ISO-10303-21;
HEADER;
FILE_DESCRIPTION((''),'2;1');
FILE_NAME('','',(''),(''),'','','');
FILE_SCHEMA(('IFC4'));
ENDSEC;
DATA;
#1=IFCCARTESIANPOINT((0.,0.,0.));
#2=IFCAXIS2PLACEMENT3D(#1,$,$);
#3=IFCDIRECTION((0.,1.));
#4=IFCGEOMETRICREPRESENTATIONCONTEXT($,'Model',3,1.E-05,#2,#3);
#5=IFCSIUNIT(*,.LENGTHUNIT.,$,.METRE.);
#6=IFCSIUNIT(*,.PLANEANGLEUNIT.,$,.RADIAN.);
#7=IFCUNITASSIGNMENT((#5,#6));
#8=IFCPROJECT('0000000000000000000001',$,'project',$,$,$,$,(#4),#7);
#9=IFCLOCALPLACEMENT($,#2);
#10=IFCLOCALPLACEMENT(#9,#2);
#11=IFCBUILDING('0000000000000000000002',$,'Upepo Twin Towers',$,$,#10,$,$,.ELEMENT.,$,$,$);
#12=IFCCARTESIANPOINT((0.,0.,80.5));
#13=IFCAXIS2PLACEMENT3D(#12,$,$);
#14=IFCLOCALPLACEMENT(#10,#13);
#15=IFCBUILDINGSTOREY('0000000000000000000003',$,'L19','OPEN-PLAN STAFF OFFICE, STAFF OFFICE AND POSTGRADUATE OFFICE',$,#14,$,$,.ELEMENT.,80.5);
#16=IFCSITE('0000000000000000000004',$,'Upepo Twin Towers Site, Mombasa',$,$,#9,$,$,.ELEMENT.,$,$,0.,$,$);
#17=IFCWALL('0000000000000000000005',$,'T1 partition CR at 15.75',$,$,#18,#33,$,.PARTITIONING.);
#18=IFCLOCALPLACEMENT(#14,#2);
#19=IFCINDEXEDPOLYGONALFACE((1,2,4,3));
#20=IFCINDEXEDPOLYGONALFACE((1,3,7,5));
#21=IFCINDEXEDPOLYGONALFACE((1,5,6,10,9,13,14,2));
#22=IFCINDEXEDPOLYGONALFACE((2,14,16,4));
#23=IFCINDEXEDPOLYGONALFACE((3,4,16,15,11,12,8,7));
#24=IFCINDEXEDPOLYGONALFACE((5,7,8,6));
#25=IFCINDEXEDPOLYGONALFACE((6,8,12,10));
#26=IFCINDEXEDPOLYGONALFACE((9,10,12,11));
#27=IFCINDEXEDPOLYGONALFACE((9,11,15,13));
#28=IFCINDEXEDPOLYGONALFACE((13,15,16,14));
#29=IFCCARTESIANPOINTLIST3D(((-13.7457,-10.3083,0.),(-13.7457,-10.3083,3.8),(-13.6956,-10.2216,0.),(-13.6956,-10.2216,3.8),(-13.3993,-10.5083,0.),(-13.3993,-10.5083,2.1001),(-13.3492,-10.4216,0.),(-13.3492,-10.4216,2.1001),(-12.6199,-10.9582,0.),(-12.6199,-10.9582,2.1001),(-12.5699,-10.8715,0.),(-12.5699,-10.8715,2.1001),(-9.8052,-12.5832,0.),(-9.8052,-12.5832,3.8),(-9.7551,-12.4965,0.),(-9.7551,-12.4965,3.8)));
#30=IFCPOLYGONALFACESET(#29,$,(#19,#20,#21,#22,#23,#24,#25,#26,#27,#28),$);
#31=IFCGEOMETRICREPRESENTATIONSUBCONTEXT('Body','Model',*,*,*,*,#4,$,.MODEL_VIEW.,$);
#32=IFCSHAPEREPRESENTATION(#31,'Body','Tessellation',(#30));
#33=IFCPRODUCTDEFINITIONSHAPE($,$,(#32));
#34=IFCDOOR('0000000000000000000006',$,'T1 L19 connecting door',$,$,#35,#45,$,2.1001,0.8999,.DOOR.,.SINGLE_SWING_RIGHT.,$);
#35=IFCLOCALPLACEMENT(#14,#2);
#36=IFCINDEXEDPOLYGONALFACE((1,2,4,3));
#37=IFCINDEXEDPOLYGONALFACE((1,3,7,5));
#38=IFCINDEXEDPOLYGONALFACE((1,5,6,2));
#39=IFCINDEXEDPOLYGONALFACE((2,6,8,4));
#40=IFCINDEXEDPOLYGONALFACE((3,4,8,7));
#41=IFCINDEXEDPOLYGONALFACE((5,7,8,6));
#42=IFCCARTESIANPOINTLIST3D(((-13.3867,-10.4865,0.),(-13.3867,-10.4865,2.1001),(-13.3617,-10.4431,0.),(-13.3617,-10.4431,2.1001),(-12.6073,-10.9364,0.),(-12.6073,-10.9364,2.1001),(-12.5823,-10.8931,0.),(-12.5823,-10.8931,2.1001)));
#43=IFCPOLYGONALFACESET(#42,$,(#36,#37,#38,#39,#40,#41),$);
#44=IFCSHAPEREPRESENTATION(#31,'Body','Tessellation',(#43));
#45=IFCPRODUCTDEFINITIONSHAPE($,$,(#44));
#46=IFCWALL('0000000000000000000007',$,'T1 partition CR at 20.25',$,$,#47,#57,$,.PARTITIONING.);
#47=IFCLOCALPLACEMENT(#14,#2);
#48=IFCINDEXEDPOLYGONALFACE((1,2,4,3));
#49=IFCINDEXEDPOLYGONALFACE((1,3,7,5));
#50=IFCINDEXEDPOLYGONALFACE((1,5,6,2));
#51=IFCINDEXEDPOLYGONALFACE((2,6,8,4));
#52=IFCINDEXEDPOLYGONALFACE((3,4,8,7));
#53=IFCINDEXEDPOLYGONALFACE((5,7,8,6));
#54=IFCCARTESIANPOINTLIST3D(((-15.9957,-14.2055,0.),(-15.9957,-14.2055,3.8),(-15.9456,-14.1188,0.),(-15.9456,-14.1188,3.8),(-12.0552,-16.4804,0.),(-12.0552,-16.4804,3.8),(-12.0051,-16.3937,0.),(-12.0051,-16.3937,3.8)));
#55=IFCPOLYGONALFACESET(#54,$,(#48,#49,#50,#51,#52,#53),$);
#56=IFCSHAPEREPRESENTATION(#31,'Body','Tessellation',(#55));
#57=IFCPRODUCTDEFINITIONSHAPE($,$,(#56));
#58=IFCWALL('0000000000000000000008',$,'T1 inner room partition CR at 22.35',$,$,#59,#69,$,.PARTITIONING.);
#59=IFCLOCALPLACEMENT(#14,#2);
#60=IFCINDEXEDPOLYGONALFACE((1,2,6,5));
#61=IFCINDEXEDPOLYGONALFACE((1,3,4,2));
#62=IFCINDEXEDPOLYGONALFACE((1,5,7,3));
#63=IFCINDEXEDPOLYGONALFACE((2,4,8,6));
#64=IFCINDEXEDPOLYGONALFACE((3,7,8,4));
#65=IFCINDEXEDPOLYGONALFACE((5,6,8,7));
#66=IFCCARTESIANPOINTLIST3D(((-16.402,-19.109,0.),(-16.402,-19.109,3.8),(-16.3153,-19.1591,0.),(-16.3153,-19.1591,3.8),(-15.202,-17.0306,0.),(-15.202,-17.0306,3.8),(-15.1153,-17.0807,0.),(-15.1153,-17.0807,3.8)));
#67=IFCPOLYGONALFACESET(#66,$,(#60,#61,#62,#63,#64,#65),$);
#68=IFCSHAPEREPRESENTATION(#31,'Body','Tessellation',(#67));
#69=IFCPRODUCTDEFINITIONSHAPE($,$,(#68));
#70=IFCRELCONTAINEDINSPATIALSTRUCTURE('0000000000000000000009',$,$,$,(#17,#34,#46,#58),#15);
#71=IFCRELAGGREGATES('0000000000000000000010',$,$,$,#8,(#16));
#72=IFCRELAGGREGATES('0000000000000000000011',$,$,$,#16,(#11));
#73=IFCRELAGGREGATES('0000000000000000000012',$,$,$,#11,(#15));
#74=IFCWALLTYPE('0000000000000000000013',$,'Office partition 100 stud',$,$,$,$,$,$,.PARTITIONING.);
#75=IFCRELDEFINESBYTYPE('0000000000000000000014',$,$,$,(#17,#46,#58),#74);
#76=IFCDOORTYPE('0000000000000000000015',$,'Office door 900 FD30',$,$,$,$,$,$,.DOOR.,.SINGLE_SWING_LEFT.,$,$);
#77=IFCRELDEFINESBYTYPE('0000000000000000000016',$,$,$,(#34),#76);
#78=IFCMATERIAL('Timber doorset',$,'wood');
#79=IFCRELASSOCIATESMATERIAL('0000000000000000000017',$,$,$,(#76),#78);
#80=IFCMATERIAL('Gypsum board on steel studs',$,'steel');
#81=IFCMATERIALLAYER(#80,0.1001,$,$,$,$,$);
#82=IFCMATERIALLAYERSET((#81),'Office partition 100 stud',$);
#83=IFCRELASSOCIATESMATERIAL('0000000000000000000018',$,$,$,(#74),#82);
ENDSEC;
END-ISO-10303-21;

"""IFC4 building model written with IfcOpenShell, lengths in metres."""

from ifc_helpers import new_model, si_unit, direction, frame, frame_2d, origin, place, context, subcontext, project, spatial, rectangle, extrude, material, layer, layer_set, type_object, element, fill, save


model = new_model("IFC4")

# Units and contexts
model_context = context("Model", 3, precision=1e-05, world=origin(), true_north=direction((0.0, 1.0)))
body_context = subcontext(model_context, "Body", "Model", "MODEL_VIEW")
ifc_project = project(units=[si_unit("LENGTHUNIT", "METRE"), si_unit("PLANEANGLEUNIT", "RADIAN")], contexts=[model_context])

# Site, building, storey
site_placement = place(None, origin())
site = spatial("IfcSite", under=ifc_project, at=site_placement, Name="Upepo Twin Towers Site, Mombasa", CompositionType="ELEMENT", RefElevation=0.0)
building_placement = place(site_placement, origin())
building = spatial("IfcBuilding", under=site, at=building_placement, Name="Upepo Twin Towers", CompositionType="ELEMENT")
storey_placement = place(building_placement, frame((0.0, 0.0, 80.5)))
storey = spatial("IfcBuildingStorey", under=building, at=storey_placement, Name="L19", Description="OPEN-PLAN STAFF OFFICE, STAFF OFFICE AND POSTGRADUATE OFFICE", CompositionType="ELEMENT", Elevation=80.5)

# Shared definitions
ifc_material_1 = material(Name="Timber doorset", Category="wood")
door_type = type_object("IfcDoorType", Name="Office door 900 FD30", OperationType="SINGLE_SWING_LEFT", PredefinedType="DOOR", material=ifc_material_1)

# Shared definitions
ifc_material_2 = material(Name="Gypsum board on steel studs", Category="steel")
ifc_layer_1 = layer(ifc_material_2, 0.1001)
ifc_layer_set_1 = layer_set([ifc_layer_1], Name="Office partition 100 stud")
wall_type_1 = type_object("IfcWallType", Name="Office partition 100 stud", PredefinedType="PARTITIONING", material=ifc_layer_set_1)

# Wall, opening, door
wall_1_placement = place(storey_placement, frame((-9.7803, -12.5398, 0.0), z_axis=(0.0, 0.0, 1.0), x_axis=(-0.866035, 0.499983, 0.0)))
wall_1 = element("IfcWall", 1, at=wall_1_placement, inside=storey, type_object=wall_type_1, Name="T1 partition CR at 15.75", PredefinedType="PARTITIONING", context=body_context, shape_type="SweptSolid", body=[
    extrude(rectangle(XDim=4.55, YDim=0.1001, at=frame_2d((2.2749, 0.0))), origin(), (0.0, 0.0, 1.0), 3.8),
])
opening_1_placement = place(wall_1_placement, frame((3.25, 0.0, 0.0)))
opening_1 = element("IfcOpeningElement", 2, at=opening_1_placement, cuts=wall_1, PredefinedType="OPENING", context=body_context, shape_type="SweptSolid", body=[
    extrude(rectangle(XDim=0.8999, YDim=2.1001, at=frame_2d((0.45, 1.05))), frame((0.0, 0.0601, 0.0), z_axis=(0.0, -1.0, 0.0), x_axis=(1.0, 0.0, 0.0)), (0.0, 0.0, 1.0), 0.1201),
])
door_1_placement = place(opening_1_placement, origin())
door_1 = element("IfcDoor", 3, at=door_1_placement, inside=storey, type_object=door_type, Name="T1 L19 connecting door", OperationType="SINGLE_SWING_RIGHT", OverallHeight=2.1001, OverallWidth=0.8999, PredefinedType="DOOR", context=body_context, shape_type="SweptSolid", body=[
    extrude(rectangle(XDim=0.8999, YDim=2.1001, at=frame_2d((0.45, 1.05))), frame((0.0, 0.0249, 0.0), z_axis=(0.0, -1.0, 0.0), x_axis=(1.0, 0.0, 0.0)), (0.0, 0.0, 1.0), 0.05),
])
fill(opening_1, door_1)

# Walls
wall_2_placement = place(storey_placement, frame((-12.0303, -16.437, 0.0), z_axis=(0.0, 0.0, 1.0), x_axis=(-0.866035, 0.499983, 0.0)))
element("IfcWall", 4, at=wall_2_placement, inside=storey, type_object=wall_type_1, Name="T1 partition CR at 20.25", PredefinedType="PARTITIONING", context=body_context, shape_type="SweptSolid", body=[
    extrude(rectangle(XDim=4.55, YDim=0.1001, at=frame_2d((2.2749, 0.0))), origin(), (0.0, 0.0, 1.0), 3.8),
])
wall_3_placement = place(storey_placement, frame((-15.1587, -17.0557, 0.0), z_axis=(0.0, 0.0, 1.0), x_axis=(-0.500001, -0.866025, 0.0)))
element("IfcWall", 5, at=wall_3_placement, inside=storey, type_object=wall_type_1, Name="T1 inner room partition CR at 22.35", PredefinedType="PARTITIONING", context=body_context, shape_type="SweptSolid", body=[
    extrude(rectangle(XDim=2.3999, YDim=0.1001, at=frame_2d((1.2, 0.0))), origin(), (0.0, 0.0, 1.0), 3.8),
])

save(model, "model.ifc")
